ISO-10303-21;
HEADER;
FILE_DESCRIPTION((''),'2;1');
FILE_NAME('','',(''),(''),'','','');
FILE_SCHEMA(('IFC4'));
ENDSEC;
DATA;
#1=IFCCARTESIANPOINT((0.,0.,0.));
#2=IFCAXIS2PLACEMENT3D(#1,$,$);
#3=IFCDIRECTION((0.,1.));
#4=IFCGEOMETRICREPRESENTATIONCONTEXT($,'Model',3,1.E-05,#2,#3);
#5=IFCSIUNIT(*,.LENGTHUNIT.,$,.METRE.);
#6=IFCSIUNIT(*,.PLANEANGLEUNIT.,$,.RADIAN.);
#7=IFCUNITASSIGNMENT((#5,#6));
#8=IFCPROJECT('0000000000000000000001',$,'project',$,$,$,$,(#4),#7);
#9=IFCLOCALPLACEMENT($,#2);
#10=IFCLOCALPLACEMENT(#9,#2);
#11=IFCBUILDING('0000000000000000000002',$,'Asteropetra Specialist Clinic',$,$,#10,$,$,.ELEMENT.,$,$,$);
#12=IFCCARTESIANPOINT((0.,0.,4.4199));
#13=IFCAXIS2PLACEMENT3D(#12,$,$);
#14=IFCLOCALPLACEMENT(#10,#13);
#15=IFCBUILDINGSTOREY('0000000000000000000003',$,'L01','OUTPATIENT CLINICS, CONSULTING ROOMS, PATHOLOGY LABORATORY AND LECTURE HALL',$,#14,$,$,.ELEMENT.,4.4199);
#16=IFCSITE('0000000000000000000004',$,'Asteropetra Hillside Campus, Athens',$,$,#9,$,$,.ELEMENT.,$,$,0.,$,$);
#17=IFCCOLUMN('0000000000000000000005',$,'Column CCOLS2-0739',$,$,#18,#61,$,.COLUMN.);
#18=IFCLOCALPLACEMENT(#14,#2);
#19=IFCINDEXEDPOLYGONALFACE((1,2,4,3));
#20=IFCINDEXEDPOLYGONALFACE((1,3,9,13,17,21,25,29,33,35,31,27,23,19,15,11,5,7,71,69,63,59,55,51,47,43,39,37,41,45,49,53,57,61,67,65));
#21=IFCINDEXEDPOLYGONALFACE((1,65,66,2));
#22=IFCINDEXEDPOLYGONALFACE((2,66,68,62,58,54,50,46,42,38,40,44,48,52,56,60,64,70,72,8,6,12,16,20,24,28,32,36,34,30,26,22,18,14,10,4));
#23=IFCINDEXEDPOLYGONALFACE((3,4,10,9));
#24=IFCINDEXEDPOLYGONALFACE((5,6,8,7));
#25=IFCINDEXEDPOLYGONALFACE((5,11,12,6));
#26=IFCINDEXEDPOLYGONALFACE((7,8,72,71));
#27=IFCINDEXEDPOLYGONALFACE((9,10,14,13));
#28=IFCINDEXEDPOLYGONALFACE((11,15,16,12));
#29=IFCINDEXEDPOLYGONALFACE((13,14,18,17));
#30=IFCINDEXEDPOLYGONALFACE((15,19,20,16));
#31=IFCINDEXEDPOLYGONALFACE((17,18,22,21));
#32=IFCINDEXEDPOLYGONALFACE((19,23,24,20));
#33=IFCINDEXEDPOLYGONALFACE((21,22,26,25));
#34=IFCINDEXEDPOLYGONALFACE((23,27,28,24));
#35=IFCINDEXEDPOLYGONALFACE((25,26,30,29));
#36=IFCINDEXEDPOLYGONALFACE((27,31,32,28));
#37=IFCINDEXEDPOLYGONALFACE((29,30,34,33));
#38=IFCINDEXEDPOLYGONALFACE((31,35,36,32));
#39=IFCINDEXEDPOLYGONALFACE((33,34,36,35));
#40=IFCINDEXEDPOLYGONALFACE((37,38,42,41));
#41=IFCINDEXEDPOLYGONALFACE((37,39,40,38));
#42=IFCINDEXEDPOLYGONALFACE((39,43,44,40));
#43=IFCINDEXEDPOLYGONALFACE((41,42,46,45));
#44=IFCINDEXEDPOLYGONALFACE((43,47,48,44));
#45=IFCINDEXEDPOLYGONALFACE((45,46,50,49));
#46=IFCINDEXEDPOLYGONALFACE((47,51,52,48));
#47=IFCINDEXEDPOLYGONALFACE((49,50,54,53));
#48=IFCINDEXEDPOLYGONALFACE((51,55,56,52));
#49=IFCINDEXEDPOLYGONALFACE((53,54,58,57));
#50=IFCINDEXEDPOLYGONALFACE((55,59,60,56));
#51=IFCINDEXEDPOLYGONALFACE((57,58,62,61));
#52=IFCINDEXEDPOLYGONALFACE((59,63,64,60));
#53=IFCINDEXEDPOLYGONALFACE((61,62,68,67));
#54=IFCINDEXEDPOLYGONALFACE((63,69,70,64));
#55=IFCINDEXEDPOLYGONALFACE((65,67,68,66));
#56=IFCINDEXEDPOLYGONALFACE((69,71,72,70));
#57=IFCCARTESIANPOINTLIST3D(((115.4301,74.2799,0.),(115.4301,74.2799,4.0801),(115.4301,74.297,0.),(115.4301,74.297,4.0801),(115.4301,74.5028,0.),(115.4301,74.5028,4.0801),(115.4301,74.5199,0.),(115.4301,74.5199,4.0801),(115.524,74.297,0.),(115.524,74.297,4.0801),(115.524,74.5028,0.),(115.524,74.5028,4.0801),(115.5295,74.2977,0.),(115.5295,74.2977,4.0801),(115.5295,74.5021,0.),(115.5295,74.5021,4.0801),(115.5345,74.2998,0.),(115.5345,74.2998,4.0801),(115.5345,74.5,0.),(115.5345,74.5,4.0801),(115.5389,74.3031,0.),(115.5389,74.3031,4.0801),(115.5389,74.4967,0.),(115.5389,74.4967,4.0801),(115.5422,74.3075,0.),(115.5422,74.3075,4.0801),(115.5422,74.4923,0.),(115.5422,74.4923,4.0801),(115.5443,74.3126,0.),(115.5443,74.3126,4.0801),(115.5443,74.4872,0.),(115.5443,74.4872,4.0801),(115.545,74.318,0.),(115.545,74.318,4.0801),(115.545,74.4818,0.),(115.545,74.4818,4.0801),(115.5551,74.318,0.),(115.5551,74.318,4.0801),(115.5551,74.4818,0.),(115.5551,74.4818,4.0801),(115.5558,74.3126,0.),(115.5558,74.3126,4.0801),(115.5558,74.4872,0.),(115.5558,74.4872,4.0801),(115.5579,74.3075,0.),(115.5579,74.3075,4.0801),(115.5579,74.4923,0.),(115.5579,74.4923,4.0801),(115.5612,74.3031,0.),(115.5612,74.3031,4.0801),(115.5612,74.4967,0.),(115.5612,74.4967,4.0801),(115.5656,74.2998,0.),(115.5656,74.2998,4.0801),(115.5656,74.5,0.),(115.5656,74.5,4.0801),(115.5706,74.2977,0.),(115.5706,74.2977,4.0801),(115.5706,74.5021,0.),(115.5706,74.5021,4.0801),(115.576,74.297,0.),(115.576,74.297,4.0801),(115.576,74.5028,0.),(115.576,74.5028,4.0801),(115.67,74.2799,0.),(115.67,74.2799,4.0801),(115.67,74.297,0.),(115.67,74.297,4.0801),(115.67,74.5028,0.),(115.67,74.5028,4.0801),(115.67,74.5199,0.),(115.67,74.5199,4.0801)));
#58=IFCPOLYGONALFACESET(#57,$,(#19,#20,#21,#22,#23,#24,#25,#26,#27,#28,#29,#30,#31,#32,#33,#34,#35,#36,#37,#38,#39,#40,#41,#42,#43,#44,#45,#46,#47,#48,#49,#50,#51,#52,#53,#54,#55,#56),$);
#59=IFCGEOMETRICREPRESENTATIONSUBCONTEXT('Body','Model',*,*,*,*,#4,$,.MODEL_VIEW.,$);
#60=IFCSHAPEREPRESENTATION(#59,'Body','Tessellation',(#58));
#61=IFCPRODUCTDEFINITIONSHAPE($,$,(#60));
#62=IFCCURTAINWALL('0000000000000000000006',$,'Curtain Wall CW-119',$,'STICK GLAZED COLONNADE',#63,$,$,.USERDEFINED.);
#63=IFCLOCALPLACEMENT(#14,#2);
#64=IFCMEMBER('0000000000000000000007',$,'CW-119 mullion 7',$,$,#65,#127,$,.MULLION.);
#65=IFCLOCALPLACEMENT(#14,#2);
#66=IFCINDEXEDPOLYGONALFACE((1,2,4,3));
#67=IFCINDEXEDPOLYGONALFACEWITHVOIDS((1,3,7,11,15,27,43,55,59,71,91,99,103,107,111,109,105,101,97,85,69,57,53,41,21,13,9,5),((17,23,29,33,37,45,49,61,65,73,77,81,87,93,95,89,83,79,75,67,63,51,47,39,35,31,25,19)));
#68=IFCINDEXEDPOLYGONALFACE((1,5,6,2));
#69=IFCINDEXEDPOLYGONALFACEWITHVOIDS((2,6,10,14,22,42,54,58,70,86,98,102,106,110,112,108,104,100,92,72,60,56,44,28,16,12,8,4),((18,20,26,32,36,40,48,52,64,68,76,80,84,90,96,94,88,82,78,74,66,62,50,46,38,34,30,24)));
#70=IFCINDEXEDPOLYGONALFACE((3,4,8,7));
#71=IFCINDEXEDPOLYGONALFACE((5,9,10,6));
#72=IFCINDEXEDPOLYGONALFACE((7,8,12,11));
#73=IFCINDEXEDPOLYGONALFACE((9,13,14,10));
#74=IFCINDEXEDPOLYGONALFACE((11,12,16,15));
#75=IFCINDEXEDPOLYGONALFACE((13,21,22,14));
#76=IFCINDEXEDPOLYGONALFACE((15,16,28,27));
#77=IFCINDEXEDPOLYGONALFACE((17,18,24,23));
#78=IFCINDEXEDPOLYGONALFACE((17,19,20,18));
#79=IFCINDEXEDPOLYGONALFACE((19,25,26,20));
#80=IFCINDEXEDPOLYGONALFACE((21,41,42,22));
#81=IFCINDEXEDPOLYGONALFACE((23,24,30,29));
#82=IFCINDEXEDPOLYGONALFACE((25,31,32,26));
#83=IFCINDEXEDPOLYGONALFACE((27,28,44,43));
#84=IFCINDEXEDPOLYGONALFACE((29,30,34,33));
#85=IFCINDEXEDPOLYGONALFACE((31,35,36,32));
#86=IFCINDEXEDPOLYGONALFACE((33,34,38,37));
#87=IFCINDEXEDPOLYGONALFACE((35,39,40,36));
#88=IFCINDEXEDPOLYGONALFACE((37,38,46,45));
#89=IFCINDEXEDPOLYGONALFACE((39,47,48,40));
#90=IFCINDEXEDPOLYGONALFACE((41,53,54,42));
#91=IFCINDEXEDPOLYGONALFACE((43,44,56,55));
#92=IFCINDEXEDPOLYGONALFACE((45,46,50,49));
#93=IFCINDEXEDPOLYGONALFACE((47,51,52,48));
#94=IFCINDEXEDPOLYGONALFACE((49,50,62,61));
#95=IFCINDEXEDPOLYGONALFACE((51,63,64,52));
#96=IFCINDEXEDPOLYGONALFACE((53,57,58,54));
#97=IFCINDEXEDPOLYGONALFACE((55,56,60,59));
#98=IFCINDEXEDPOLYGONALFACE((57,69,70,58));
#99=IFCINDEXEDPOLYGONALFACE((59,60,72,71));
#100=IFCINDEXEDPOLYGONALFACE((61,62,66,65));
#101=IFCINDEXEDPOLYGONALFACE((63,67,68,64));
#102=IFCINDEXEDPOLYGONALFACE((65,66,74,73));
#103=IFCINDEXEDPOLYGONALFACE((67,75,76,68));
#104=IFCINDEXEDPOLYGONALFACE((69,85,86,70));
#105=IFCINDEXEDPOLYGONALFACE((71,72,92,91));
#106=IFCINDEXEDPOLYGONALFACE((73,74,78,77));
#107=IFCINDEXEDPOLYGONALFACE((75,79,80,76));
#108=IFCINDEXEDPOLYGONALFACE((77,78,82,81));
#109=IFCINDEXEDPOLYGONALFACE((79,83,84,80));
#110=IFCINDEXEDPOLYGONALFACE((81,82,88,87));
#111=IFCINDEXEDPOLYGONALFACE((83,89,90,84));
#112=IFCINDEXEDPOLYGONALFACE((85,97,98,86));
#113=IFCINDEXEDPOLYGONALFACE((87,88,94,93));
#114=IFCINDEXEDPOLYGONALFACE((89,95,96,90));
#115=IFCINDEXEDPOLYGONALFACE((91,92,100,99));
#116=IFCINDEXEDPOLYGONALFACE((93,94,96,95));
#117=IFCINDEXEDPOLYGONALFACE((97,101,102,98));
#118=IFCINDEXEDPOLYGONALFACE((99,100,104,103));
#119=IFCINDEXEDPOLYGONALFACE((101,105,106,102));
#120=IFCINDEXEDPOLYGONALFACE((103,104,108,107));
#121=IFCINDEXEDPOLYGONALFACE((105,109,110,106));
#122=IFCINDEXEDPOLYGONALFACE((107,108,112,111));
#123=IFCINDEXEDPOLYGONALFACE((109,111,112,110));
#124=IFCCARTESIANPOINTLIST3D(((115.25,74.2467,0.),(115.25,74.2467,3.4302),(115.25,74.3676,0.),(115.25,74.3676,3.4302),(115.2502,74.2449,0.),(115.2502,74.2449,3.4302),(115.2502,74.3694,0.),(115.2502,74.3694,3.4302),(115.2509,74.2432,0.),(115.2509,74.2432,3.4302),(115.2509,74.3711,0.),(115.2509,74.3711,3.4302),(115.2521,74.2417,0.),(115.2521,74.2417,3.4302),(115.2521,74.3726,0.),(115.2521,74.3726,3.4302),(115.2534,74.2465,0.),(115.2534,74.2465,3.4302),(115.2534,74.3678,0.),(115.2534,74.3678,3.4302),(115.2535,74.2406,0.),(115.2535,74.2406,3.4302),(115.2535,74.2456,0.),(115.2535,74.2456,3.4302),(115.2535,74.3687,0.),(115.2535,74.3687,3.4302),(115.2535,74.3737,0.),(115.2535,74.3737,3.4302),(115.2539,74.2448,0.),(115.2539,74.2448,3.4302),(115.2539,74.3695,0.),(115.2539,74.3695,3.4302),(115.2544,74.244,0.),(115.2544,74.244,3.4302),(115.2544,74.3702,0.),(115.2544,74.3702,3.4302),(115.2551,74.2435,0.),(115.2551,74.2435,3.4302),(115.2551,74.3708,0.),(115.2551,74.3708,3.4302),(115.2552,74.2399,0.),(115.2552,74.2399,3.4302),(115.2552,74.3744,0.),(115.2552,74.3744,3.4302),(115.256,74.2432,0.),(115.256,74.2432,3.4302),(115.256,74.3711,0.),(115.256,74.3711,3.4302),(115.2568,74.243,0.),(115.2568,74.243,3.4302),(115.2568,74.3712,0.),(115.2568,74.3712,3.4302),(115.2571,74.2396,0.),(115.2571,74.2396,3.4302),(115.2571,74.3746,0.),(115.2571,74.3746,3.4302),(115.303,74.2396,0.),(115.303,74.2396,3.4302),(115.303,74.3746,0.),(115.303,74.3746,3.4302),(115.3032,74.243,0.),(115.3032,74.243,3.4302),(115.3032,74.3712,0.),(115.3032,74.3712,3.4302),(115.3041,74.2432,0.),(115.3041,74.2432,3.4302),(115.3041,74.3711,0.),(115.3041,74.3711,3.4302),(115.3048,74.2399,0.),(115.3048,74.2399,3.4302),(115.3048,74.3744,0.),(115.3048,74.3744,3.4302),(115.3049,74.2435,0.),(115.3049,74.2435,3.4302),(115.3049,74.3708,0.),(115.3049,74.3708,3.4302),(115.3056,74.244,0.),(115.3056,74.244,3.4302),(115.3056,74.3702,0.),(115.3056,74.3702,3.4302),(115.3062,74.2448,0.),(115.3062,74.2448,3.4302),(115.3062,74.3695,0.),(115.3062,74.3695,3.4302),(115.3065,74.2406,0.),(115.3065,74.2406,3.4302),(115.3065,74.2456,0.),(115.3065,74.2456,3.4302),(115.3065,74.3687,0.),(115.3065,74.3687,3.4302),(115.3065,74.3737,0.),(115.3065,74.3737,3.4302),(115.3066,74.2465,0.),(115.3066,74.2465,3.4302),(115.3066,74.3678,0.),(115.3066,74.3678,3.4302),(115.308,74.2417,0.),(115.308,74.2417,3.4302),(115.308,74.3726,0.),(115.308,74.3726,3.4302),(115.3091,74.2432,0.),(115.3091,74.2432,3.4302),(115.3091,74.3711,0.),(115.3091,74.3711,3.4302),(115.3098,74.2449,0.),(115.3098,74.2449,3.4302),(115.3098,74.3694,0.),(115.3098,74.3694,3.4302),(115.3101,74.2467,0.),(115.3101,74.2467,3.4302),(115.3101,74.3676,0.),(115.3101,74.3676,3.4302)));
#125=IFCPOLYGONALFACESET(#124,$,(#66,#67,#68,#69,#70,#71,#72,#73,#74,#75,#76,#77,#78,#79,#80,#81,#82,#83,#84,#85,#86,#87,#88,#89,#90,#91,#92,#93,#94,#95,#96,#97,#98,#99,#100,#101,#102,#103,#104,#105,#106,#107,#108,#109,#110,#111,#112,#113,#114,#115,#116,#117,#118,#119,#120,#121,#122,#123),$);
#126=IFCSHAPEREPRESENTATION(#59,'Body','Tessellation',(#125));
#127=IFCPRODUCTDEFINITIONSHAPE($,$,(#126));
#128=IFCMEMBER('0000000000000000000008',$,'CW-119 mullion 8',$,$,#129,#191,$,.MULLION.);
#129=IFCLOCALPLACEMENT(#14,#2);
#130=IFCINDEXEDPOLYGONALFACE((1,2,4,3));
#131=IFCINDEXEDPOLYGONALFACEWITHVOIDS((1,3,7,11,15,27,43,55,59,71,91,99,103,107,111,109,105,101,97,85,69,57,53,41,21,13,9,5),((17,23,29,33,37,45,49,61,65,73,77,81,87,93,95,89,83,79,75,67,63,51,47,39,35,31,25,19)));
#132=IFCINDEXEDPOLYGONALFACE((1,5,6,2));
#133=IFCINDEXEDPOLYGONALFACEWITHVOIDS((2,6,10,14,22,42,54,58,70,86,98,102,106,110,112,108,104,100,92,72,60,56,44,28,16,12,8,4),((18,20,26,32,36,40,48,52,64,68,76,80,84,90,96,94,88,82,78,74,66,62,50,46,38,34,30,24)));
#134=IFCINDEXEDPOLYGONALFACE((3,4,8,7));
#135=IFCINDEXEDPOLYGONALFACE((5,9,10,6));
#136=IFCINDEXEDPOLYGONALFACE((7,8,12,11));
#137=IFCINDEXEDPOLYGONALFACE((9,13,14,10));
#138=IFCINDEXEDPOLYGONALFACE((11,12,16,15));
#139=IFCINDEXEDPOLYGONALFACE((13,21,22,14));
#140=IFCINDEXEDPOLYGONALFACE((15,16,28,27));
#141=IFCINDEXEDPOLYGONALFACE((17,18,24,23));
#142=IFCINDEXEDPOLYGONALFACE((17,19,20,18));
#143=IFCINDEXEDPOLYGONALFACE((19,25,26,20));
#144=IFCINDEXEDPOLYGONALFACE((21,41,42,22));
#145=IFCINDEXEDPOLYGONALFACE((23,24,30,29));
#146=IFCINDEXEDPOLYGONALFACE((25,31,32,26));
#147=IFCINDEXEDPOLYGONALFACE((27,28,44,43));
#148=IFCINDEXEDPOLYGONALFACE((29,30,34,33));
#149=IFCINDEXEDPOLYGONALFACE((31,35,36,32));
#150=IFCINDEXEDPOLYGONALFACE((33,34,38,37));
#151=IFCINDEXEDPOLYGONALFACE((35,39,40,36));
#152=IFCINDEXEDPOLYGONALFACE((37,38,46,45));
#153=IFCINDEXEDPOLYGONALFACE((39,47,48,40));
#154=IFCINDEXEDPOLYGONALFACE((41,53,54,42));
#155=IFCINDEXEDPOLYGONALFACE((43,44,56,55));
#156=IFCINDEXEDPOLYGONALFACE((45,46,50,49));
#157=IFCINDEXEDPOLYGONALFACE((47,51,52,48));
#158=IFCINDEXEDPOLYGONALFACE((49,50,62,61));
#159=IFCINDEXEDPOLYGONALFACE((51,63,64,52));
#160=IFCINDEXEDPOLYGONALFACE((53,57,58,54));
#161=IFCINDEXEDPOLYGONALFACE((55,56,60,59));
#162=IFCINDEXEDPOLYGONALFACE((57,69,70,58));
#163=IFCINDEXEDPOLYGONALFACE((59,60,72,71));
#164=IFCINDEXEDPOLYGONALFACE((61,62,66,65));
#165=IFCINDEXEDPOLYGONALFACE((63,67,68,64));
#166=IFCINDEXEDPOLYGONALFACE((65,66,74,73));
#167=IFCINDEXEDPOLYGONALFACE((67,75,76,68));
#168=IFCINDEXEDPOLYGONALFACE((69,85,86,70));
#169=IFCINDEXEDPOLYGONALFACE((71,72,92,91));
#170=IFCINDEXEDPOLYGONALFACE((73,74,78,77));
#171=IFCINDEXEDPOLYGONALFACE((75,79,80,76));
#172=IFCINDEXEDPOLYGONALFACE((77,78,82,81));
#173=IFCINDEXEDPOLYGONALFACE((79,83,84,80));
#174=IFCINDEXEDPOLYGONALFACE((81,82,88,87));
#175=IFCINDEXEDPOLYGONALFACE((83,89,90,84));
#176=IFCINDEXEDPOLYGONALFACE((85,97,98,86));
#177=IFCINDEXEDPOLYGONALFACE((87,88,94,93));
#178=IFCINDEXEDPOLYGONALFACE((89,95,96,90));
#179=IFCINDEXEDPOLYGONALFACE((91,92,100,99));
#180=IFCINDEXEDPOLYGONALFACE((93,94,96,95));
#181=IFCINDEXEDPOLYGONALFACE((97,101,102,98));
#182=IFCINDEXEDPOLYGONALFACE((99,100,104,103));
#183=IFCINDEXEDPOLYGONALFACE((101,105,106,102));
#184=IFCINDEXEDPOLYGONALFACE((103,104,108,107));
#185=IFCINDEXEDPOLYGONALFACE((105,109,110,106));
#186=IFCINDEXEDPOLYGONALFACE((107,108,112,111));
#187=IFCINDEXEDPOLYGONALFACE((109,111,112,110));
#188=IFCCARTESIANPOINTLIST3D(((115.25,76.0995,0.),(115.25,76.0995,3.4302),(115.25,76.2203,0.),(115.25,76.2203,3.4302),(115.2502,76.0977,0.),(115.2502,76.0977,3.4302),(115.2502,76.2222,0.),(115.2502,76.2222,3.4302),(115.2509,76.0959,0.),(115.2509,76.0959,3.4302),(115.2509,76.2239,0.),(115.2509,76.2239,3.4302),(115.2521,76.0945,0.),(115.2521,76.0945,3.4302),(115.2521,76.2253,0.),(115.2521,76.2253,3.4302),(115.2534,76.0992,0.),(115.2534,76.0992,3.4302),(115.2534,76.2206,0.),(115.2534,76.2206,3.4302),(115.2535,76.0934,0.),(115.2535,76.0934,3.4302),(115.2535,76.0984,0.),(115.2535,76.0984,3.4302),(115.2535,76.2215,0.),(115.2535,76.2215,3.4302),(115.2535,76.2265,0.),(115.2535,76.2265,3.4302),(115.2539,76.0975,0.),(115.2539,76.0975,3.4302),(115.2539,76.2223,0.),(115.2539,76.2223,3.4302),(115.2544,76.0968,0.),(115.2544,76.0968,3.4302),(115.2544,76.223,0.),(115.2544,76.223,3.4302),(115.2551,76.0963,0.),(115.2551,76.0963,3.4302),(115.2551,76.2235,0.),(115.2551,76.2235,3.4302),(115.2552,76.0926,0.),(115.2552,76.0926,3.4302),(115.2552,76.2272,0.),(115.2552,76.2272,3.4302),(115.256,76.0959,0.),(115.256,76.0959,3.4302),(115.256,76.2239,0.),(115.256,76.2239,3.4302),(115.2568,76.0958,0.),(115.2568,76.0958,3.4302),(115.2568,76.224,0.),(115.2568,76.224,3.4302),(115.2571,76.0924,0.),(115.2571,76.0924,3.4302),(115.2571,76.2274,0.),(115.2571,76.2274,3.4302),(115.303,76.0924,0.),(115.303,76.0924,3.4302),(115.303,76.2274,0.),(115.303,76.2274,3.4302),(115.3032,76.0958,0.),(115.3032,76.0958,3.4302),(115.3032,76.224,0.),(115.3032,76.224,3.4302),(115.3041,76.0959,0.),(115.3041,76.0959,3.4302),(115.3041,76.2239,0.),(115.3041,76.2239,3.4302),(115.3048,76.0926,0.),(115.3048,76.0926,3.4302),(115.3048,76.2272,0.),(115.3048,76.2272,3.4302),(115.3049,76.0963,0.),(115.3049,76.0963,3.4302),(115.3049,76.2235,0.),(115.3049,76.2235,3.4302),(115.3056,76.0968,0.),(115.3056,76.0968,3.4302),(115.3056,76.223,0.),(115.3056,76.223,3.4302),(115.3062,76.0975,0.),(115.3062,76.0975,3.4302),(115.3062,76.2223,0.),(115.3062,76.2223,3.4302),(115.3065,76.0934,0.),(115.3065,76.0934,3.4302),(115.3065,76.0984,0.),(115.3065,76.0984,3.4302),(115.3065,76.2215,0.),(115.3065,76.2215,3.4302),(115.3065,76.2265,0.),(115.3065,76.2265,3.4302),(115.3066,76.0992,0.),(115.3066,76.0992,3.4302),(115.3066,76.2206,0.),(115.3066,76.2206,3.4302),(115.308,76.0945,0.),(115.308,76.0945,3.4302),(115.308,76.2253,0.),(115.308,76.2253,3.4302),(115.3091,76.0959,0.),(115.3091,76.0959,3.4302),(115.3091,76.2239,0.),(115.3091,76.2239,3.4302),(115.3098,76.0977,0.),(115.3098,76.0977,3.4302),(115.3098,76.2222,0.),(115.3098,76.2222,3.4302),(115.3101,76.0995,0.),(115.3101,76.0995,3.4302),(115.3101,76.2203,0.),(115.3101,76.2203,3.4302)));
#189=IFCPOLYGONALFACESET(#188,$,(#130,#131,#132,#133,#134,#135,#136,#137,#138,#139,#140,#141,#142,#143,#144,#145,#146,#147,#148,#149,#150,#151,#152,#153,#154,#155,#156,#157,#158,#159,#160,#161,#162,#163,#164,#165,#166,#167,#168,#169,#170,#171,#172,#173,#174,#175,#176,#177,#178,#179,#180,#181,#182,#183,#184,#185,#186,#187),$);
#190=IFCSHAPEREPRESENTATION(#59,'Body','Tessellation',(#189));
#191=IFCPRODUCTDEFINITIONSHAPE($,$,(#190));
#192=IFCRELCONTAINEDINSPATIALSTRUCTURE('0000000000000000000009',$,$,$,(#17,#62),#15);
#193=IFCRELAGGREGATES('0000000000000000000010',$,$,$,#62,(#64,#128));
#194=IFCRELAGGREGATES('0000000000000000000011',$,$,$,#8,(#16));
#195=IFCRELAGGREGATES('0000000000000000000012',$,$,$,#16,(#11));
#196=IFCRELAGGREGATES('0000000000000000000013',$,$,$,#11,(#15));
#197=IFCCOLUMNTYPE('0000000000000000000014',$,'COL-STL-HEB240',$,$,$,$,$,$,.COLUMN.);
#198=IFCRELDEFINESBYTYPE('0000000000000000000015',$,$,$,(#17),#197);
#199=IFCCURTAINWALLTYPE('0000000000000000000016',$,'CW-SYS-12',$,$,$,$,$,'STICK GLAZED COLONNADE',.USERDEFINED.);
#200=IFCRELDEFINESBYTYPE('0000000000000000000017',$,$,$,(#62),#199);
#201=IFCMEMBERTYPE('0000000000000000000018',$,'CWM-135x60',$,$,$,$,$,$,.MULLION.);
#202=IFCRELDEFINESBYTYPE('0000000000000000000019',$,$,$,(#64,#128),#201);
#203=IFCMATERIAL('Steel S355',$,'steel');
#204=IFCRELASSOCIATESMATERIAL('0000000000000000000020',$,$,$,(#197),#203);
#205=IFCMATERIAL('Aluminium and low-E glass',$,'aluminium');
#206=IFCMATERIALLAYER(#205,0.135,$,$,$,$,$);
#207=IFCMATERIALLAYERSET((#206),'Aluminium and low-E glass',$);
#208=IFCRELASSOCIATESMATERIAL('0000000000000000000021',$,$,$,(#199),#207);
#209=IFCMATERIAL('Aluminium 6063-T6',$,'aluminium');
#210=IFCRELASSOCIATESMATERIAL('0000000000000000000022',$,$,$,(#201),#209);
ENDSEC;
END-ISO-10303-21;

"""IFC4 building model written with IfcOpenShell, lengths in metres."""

from ifc_helpers import new_model, si_unit, direction, frame, origin, origin_2d, place, context, subcontext, project, spatial, hollow_rectangle, i_section, extrude, material, layer, layer_set, material_profile, profile_set, type_object, element, aggregate, save


model = new_model("IFC4")

# Units and contexts
model_context = context("Model", 3, precision=1e-05, world=origin(), true_north=direction((0.0, 1.0)))
body_context = subcontext(model_context, "Body", "Model", "MODEL_VIEW")
ifc_project = project(units=[si_unit("LENGTHUNIT", "METRE"), si_unit("PLANEANGLEUNIT", "RADIAN")], contexts=[model_context])

# Site, building, storey
site_placement = place(None, origin())
site = spatial("IfcSite", under=ifc_project, at=site_placement, Name="Asteropetra Hillside Campus, Athens", CompositionType="ELEMENT", RefElevation=0.0)
building_placement = place(site_placement, origin())
building = spatial("IfcBuilding", under=site, at=building_placement, Name="Asteropetra Specialist Clinic", CompositionType="ELEMENT")
storey_placement = place(building_placement, frame((0.0, 0.0, 4.4199)))
storey = spatial("IfcBuildingStorey", under=building, at=storey_placement, Name="L01", Description="OUTPATIENT CLINICS, CONSULTING ROOMS, PATHOLOGY LABORATORY AND LECTURE HALL", CompositionType="ELEMENT", Elevation=4.4199)

# Column
ifc_material_1 = material(Name="Steel S355", Category="steel")
ifc_material_profile_1 = material_profile(ifc_material_1, i_section(OverallWidth=0.24, OverallDepth=0.24, WebThickness=0.01, FlangeThickness=0.0171, FilletRadius=0.021, at=origin_2d()), Name="HEB 240")
ifc_profile_set_1 = profile_set([ifc_material_profile_1], Name="Steel S355")
column_type = type_object("IfcColumnType", Name="COL-STL-HEB240", PredefinedType="COLUMN", material=ifc_profile_set_1)
column_placement = place(storey_placement, frame((115.55, 74.3999, 0.0), z_axis=(0.0, 0.0, 1.0), x_axis=(1.0, 0.0, 0.0)))
element("IfcColumn", 1, at=column_placement, inside=storey, type_object=column_type, Name="Column CCOLS2-0739", PredefinedType="COLUMN", context=body_context, shape_type="SweptSolid", body=[
    extrude(i_section(OverallWidth=0.24, OverallDepth=0.24, WebThickness=0.01, FlangeThickness=0.0171, FilletRadius=0.021, at=origin_2d()), origin(), (0.0, 0.0, 1.0), 4.0801),
])

# Curtain wall, members
ifc_material_2 = material(Name="Aluminium and low-E glass", Category="aluminium")
ifc_layer_1 = layer(ifc_material_2, 0.135)
ifc_layer_set_1 = layer_set([ifc_layer_1], Name="Aluminium and low-E glass")
curtain_wall_type = type_object("IfcCurtainWallType", Name="CW-SYS-12", ElementType="STICK GLAZED COLONNADE", PredefinedType="USERDEFINED", material=ifc_layer_set_1)
curtain_wall_placement = place(storey_placement, origin())
curtain_wall = element("IfcCurtainWall", 2, at=curtain_wall_placement, inside=storey, type_object=curtain_wall_type, Name="Curtain Wall CW-119", ObjectType="STICK GLAZED COLONNADE", PredefinedType="USERDEFINED")
ifc_material_3 = material(Name="Aluminium 6063-T6", Category="aluminium")
ifc_material_profile_2 = material_profile(ifc_material_3, hollow_rectangle(XDim=0.0601, YDim=0.135, WallThickness=0.0034, InnerFilletRadius=0.0034, OuterFilletRadius=0.0071, at=origin_2d()), Name="MUL 135x60x3.5")
ifc_profile_set_2 = profile_set([ifc_material_profile_2], Name="Aluminium 6063-T6")
member_type_1 = type_object("IfcMemberType", Name="CWM-135x60", PredefinedType="MULLION", material=ifc_profile_set_2)
member_1_placement = place(storey_placement, frame((115.28, 74.3071, 0.0), z_axis=(0.0, 0.0, 1.0), x_axis=(-1.0, 0.0, 0.0)))
member_1 = element("IfcMember", 3, at=member_1_placement, type_object=member_type_1, Name="CW-119 mullion 7", PredefinedType="MULLION", context=body_context, shape_type="SweptSolid", body=[
    extrude(hollow_rectangle(XDim=0.0601, YDim=0.135, WallThickness=0.0034, InnerFilletRadius=0.0034, OuterFilletRadius=0.0071, at=origin_2d()), origin(), (0.0, 0.0, 1.0), 3.4302),
])
member_2_placement = place(storey_placement, frame((115.28, 76.1599, 0.0), z_axis=(0.0, 0.0, 1.0), x_axis=(-1.0, 0.0, 0.0)))
member_2 = element("IfcMember", 4, at=member_2_placement, type_object=member_type_1, Name="CW-119 mullion 8", PredefinedType="MULLION", context=body_context, shape_type="SweptSolid", body=[
    extrude(hollow_rectangle(XDim=0.0601, YDim=0.135, WallThickness=0.0034, InnerFilletRadius=0.0034, OuterFilletRadius=0.0071, at=origin_2d()), origin(), (0.0, 0.0, 1.0), 3.4302),
])

aggregate(curtain_wall, [member_1, member_2])

save(model, "model.ifc")
